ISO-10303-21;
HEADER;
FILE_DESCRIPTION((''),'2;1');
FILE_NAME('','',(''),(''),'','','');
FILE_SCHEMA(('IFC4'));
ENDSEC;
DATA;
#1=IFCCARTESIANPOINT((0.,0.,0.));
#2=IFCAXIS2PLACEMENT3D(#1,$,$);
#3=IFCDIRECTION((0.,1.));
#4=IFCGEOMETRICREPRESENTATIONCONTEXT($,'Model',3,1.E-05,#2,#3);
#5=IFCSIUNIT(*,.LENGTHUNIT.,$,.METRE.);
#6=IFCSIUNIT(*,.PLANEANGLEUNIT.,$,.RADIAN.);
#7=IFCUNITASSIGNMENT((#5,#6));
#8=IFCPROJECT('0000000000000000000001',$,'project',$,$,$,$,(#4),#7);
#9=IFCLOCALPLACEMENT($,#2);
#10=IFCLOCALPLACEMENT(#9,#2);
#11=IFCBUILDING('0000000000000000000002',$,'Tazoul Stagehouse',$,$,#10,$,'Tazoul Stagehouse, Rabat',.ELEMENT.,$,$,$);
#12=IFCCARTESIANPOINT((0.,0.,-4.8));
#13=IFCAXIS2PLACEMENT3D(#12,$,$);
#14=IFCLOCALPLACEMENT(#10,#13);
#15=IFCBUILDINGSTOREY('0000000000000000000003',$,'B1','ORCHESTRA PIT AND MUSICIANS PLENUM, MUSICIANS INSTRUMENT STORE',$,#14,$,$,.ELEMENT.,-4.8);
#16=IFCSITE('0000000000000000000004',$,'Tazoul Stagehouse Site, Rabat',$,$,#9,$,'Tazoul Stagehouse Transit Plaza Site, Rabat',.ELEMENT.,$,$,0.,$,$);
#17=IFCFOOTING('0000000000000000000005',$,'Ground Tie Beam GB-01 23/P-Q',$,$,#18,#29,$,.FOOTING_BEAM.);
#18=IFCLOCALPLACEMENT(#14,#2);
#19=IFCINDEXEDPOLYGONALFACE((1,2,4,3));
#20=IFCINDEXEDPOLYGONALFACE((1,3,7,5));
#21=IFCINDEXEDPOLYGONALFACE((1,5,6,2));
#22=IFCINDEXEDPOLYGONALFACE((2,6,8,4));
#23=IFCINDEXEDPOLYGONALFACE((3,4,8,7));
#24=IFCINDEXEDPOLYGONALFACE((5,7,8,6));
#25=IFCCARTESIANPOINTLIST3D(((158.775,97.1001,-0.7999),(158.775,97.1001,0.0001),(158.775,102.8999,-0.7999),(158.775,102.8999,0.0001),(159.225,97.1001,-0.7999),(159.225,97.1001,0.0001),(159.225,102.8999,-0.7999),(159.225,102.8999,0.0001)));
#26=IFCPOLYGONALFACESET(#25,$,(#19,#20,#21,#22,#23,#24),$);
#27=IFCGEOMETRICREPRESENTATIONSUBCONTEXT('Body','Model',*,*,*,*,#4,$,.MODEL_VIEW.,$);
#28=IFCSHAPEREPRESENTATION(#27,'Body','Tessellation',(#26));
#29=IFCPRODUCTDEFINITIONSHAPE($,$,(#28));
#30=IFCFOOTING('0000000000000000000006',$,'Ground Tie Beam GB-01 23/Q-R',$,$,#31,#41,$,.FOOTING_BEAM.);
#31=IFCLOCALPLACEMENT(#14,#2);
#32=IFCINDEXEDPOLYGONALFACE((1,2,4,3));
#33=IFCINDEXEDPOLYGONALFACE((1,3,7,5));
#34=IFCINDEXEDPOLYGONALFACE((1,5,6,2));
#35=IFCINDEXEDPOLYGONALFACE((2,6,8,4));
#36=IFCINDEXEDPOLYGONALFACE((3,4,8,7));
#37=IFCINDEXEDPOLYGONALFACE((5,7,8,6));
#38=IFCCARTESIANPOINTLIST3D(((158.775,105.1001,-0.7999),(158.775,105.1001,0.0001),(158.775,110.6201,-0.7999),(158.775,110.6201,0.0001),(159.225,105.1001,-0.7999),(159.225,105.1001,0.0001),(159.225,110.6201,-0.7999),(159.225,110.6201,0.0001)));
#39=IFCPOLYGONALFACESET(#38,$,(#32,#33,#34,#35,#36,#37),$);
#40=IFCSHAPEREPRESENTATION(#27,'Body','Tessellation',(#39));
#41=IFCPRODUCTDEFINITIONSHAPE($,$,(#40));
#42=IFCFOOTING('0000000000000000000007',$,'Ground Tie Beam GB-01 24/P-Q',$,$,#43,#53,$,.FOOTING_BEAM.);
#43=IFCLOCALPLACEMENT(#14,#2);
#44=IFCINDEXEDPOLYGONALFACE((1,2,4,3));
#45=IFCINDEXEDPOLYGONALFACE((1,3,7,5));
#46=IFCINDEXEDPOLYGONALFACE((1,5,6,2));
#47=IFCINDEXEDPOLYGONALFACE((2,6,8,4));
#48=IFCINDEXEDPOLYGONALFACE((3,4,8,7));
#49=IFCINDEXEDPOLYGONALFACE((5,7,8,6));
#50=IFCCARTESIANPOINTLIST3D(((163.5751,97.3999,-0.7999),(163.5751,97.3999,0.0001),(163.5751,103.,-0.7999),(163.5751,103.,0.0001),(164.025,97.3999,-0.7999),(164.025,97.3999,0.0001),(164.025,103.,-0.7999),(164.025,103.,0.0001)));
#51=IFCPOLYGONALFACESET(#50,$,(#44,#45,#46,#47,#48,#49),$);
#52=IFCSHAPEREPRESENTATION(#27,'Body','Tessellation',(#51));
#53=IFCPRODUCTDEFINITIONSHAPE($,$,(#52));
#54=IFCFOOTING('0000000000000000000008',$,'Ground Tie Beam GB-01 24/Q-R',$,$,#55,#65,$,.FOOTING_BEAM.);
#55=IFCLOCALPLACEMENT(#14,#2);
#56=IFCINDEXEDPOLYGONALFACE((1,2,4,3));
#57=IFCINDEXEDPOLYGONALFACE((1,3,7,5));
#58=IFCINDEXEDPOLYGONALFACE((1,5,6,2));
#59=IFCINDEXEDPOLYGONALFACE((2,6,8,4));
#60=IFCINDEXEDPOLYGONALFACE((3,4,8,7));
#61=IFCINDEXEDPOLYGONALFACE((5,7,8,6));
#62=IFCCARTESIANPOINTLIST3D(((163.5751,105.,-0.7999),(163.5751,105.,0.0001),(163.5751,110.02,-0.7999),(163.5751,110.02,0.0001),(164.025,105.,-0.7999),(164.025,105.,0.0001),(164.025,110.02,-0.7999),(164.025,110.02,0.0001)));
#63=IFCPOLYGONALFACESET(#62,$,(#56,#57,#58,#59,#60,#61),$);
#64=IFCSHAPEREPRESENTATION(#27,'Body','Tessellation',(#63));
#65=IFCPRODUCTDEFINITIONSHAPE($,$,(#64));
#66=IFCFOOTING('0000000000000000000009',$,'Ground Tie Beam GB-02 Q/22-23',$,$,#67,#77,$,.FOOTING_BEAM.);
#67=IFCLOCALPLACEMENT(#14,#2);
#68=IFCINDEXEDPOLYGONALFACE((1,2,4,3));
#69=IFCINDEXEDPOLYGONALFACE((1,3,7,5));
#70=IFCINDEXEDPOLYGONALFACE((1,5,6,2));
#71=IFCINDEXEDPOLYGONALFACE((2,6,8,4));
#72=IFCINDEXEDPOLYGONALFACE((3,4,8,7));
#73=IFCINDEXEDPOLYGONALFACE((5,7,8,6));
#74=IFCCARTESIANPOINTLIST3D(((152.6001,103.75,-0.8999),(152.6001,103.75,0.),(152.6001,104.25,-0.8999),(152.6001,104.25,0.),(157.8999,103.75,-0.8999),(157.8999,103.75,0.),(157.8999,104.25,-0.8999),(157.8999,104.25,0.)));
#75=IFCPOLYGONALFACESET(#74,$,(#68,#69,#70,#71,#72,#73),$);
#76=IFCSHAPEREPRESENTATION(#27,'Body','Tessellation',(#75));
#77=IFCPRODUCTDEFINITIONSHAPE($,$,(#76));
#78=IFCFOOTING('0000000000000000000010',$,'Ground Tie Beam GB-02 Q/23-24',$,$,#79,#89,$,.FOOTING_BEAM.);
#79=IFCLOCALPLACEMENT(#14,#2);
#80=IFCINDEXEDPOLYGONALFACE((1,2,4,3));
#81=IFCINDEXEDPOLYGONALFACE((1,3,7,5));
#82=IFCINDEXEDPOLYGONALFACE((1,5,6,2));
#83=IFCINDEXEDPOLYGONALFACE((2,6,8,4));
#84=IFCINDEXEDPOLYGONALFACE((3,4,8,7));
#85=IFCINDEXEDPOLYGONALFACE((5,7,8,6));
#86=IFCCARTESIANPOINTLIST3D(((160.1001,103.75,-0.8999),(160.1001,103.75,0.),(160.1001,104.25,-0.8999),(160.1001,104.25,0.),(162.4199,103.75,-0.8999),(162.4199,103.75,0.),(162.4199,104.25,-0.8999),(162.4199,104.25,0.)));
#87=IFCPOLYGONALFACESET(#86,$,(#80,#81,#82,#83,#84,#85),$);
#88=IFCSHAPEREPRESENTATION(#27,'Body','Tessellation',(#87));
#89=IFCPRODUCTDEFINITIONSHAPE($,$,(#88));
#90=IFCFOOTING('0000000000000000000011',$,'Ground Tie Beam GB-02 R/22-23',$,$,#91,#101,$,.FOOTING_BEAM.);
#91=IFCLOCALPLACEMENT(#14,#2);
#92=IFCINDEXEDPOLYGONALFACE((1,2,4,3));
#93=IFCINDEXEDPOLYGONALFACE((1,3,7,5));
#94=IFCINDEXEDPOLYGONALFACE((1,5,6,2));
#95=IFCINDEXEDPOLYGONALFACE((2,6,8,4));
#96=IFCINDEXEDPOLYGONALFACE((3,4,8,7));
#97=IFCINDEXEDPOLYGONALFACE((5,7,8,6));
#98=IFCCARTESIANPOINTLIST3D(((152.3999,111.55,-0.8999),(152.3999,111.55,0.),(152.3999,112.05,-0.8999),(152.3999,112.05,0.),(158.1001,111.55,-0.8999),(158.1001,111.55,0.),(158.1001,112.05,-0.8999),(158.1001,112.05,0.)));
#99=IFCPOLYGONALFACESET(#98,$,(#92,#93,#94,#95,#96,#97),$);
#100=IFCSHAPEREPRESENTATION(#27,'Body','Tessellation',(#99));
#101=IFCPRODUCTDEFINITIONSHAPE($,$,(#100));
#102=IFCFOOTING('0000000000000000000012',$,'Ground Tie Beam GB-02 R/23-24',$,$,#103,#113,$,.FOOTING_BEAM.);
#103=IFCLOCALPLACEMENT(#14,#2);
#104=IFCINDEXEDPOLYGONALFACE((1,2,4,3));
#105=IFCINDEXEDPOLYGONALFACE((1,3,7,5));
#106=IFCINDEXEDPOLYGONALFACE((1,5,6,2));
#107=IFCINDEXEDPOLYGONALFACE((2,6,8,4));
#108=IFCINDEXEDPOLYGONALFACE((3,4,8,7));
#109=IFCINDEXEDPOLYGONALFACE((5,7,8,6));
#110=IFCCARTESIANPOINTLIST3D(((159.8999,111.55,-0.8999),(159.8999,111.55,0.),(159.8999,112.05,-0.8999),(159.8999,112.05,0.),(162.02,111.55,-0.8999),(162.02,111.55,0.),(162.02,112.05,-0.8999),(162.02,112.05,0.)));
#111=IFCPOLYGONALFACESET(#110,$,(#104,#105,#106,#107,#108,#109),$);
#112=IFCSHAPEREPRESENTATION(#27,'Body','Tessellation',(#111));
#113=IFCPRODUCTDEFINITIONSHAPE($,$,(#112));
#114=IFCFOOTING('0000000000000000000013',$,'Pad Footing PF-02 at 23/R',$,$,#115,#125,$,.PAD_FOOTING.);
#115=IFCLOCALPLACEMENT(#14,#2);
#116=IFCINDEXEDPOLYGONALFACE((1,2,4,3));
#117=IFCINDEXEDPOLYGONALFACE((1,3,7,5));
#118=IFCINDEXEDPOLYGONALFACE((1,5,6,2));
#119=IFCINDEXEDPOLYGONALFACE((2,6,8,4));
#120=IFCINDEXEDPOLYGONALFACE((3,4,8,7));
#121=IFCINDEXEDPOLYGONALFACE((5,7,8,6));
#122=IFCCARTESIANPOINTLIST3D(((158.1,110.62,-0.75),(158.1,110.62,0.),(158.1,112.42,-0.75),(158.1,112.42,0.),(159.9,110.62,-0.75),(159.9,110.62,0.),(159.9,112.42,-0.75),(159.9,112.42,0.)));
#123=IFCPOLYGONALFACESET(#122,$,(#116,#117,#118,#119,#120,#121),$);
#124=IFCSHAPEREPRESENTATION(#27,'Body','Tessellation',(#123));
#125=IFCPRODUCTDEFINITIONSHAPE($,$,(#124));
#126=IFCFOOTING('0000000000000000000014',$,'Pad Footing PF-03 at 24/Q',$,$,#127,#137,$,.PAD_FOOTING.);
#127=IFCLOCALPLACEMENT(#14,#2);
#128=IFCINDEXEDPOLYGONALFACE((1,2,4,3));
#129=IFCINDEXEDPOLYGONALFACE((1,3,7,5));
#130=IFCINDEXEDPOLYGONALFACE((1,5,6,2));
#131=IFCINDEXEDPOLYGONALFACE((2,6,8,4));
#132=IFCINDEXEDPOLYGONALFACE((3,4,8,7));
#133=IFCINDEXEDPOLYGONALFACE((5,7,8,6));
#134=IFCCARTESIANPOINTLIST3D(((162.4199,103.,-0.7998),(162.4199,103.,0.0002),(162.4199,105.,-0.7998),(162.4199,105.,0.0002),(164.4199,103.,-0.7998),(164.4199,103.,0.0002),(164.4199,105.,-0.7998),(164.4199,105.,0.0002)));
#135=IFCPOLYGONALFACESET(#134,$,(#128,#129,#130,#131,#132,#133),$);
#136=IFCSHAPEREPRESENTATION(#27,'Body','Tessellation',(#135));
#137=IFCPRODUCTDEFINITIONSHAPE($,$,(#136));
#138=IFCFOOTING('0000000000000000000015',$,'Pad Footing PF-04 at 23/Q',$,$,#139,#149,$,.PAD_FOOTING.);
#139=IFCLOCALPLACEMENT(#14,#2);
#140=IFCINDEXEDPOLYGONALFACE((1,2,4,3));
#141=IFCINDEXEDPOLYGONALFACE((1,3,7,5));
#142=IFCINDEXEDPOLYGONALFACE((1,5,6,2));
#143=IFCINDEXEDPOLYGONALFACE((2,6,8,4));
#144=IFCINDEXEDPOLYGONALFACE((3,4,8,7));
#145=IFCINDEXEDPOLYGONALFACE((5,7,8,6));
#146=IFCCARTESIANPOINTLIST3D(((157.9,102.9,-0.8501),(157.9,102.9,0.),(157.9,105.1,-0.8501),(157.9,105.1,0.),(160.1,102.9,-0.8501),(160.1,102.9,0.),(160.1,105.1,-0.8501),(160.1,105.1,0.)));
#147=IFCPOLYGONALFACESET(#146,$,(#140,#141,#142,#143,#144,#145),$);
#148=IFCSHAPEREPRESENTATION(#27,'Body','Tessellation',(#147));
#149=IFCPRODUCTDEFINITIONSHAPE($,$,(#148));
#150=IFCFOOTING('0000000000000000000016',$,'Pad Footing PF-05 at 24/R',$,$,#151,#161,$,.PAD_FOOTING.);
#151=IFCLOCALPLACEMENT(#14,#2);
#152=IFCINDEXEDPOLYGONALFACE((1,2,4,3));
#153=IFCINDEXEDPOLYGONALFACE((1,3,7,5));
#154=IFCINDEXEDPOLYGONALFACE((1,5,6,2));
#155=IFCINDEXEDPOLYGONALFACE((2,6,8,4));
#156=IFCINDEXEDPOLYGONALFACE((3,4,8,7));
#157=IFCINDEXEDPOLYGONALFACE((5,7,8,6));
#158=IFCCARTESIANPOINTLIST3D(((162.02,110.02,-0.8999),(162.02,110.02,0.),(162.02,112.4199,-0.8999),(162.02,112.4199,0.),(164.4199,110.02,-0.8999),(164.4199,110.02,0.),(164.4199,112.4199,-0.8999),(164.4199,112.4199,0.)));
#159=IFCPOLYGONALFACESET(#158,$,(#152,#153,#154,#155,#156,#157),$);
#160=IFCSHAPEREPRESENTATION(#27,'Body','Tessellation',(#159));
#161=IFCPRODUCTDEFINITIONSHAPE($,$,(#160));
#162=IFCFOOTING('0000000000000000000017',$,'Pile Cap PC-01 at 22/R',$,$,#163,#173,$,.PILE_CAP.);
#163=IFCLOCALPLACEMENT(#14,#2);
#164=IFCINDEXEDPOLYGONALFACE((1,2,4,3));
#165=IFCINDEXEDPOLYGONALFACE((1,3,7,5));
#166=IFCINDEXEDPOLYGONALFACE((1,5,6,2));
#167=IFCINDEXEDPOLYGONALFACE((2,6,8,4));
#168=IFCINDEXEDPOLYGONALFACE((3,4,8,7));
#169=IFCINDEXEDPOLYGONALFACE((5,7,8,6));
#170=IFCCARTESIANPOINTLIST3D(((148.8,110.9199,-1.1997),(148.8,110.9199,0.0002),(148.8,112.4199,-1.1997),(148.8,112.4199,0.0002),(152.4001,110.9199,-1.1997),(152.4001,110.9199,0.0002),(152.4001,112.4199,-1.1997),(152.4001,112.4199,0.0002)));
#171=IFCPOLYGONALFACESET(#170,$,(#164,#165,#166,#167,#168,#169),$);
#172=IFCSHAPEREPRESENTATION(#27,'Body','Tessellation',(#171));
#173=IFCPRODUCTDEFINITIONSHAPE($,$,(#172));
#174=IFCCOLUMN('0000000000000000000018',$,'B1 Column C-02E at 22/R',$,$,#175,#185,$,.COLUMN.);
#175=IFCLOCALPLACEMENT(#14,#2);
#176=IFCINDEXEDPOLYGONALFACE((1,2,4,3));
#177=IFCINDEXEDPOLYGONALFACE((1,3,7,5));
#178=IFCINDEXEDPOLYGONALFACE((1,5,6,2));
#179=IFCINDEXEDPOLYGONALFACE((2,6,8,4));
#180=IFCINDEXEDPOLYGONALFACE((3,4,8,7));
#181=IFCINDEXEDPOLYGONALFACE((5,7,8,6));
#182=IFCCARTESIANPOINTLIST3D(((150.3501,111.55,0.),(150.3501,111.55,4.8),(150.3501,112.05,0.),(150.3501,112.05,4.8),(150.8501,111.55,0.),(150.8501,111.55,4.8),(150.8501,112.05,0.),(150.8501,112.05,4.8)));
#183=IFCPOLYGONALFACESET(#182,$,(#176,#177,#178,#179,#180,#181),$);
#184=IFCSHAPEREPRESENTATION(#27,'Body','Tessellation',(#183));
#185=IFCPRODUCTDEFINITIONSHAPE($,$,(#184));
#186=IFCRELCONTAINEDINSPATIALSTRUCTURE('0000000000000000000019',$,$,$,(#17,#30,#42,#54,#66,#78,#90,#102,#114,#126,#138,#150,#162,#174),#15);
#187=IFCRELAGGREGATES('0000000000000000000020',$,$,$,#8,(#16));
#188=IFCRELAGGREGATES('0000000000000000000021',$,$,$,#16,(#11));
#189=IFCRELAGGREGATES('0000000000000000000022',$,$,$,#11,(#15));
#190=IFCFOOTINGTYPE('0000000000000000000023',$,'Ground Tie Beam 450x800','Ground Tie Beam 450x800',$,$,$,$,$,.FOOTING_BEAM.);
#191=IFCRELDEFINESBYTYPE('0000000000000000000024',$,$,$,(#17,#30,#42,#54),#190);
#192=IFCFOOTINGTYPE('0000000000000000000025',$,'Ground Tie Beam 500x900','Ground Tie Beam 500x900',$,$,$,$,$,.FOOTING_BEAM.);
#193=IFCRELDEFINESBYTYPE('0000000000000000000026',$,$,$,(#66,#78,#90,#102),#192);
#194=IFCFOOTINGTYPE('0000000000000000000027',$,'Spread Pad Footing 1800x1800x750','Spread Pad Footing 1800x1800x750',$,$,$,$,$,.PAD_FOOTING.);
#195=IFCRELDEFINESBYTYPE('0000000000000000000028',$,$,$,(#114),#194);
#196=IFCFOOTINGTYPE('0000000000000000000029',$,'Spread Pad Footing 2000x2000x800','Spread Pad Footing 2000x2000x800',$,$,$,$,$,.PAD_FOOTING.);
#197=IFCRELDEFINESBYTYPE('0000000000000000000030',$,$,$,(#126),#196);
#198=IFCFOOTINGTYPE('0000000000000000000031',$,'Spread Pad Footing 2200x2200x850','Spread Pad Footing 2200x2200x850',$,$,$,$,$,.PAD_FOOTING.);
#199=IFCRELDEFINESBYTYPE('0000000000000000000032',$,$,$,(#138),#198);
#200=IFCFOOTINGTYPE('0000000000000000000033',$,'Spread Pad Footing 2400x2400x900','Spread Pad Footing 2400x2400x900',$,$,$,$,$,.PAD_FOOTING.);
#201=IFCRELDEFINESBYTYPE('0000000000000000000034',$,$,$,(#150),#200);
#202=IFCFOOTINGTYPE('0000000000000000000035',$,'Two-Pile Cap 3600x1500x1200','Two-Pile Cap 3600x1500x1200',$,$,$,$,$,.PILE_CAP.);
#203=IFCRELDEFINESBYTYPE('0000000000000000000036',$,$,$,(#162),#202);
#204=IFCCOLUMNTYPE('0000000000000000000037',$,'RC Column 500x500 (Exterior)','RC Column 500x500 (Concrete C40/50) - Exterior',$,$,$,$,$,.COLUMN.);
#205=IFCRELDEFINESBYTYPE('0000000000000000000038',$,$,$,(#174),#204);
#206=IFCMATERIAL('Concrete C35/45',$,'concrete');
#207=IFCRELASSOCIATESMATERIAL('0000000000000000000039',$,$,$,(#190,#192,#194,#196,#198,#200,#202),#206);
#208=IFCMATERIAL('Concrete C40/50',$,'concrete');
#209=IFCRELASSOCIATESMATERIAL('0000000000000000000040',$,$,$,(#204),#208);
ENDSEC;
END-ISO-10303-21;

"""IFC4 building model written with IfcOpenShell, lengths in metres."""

from ifc_helpers import new_model, si_unit, direction, frame, origin, origin_2d, place, context, subcontext, project, spatial, rectangle, extrude, material, material_profile, profile_set, type_object, element, save


model = new_model("IFC4")

# Units and contexts
model_context = context("Model", 3, precision=1e-05, world=origin(), true_north=direction((0.0, 1.0)))
body_context = subcontext(model_context, "Body", "Model", "MODEL_VIEW")
ifc_project = project(units=[si_unit("LENGTHUNIT", "METRE"), si_unit("PLANEANGLEUNIT", "RADIAN")], contexts=[model_context])

# Site, building, storey
site_placement = place(None, origin())
site = spatial("IfcSite", under=ifc_project, at=site_placement, Name="Tazoul Stagehouse Site, Rabat", LongName="Tazoul Stagehouse Transit Plaza Site, Rabat", CompositionType="ELEMENT", RefElevation=0.0)
building_placement = place(site_placement, origin())
building = spatial("IfcBuilding", under=site, at=building_placement, Name="Tazoul Stagehouse", LongName="Tazoul Stagehouse, Rabat", CompositionType="ELEMENT")
storey_placement = place(building_placement, frame((0.0, 0.0, -4.8)))
storey = spatial("IfcBuildingStorey", under=building, at=storey_placement, Name="B1", Description="ORCHESTRA PIT AND MUSICIANS PLENUM, MUSICIANS INSTRUMENT STORE", CompositionType="ELEMENT", Elevation=-4.8)

# Shared definitions
ifc_material_1 = material(Name="Concrete C35/45", Category="concrete")

# Footings
ifc_material_profile_1 = material_profile(ifc_material_1, rectangle(XDim=0.45, YDim=0.8, at=origin_2d()), Name="RC 450x800")
ifc_profile_set_1 = profile_set([ifc_material_profile_1], Name="Concrete C35/45")
footing_type_1 = type_object("IfcFootingType", Name="Ground Tie Beam 450x800", Description="Ground Tie Beam 450x800", PredefinedType="FOOTING_BEAM", material=ifc_profile_set_1)
footing_1_placement = place(storey_placement, frame((159.0, 97.1001, -0.3999), z_axis=(0.0, 1.0, 0.0), x_axis=(-1.0, 0.0, 0.0)))
element("IfcFooting", 1, at=footing_1_placement, inside=storey, type_object=footing_type_1, Name="Ground Tie Beam GB-01 23/P-Q", PredefinedType="FOOTING_BEAM", context=body_context, shape_type="SweptSolid", body=[
    extrude(rectangle(XDim=0.45, YDim=0.8, at=origin_2d()), origin(), (0.0, 0.0, 1.0), 5.7998),
])
footing_2_placement = place(storey_placement, frame((159.0, 105.1001, -0.3999), z_axis=(0.0, 1.0, 0.0), x_axis=(-1.0, 0.0, 0.0)))
element("IfcFooting", 2, at=footing_2_placement, inside=storey, type_object=footing_type_1, Name="Ground Tie Beam GB-01 23/Q-R", PredefinedType="FOOTING_BEAM", context=body_context, shape_type="SweptSolid", body=[
    extrude(rectangle(XDim=0.45, YDim=0.8, at=origin_2d()), origin(), (0.0, 0.0, 1.0), 5.52),
])
footing_3_placement = place(storey_placement, frame((163.8, 97.3999, -0.3999), z_axis=(0.0, 1.0, 0.0), x_axis=(-1.0, 0.0, 0.0)))
element("IfcFooting", 3, at=footing_3_placement, inside=storey, type_object=footing_type_1, Name="Ground Tie Beam GB-01 24/P-Q", PredefinedType="FOOTING_BEAM", context=body_context, shape_type="SweptSolid", body=[
    extrude(rectangle(XDim=0.45, YDim=0.8, at=origin_2d()), origin(), (0.0, 0.0, 1.0), 5.6001),
])
footing_4_placement = place(storey_placement, frame((163.8, 105.0, -0.3999), z_axis=(0.0, 1.0, 0.0), x_axis=(-1.0, 0.0, 0.0)))
element("IfcFooting", 4, at=footing_4_placement, inside=storey, type_object=footing_type_1, Name="Ground Tie Beam GB-01 24/Q-R", PredefinedType="FOOTING_BEAM", context=body_context, shape_type="SweptSolid", body=[
    extrude(rectangle(XDim=0.45, YDim=0.8, at=origin_2d()), origin(), (0.0, 0.0, 1.0), 5.02),
])
ifc_material_profile_2 = material_profile(ifc_material_1, rectangle(XDim=0.5, YDim=0.8999, at=origin_2d()), Name="RC 500x900")
ifc_profile_set_2 = profile_set([ifc_material_profile_2], Name="Concrete C35/45")
footing_type_2 = type_object("IfcFootingType", Name="Ground Tie Beam 500x900", Description="Ground Tie Beam 500x900", PredefinedType="FOOTING_BEAM", material=ifc_profile_set_2)
footing_5_placement = place(storey_placement, frame((152.6001, 104.0, -0.45), z_axis=(1.0, 0.0, 0.0), x_axis=(0.0, 1.0, 0.0)))
element("IfcFooting", 5, at=footing_5_placement, inside=storey, type_object=footing_type_2, Name="Ground Tie Beam GB-02 Q/22-23", PredefinedType="FOOTING_BEAM", context=body_context, shape_type="SweptSolid", body=[
    extrude(rectangle(XDim=0.5, YDim=0.8999, at=origin_2d()), origin(), (0.0, 0.0, 1.0), 5.2998),
])
footing_6_placement = place(storey_placement, frame((160.1001, 104.0, -0.45), z_axis=(1.0, 0.0, 0.0), x_axis=(0.0, 1.0, 0.0)))
element("IfcFooting", 6, at=footing_6_placement, inside=storey, type_object=footing_type_2, Name="Ground Tie Beam GB-02 Q/23-24", PredefinedType="FOOTING_BEAM", context=body_context, shape_type="SweptSolid", body=[
    extrude(rectangle(XDim=0.5, YDim=0.8999, at=origin_2d()), origin(), (0.0, 0.0, 1.0), 2.3198),
])
footing_7_placement = place(storey_placement, frame((152.3999, 111.8, -0.45), z_axis=(1.0, 0.0, 0.0), x_axis=(0.0, 1.0, 0.0)))
element("IfcFooting", 7, at=footing_7_placement, inside=storey, type_object=footing_type_2, Name="Ground Tie Beam GB-02 R/22-23", PredefinedType="FOOTING_BEAM", context=body_context, shape_type="SweptSolid", body=[
    extrude(rectangle(XDim=0.5, YDim=0.8999, at=origin_2d()), origin(), (0.0, 0.0, 1.0), 5.7002),
])
footing_8_placement = place(storey_placement, frame((159.8999, 111.8, -0.45), z_axis=(1.0, 0.0, 0.0), x_axis=(0.0, 1.0, 0.0)))
element("IfcFooting", 8, at=footing_8_placement, inside=storey, type_object=footing_type_2, Name="Ground Tie Beam GB-02 R/23-24", PredefinedType="FOOTING_BEAM", context=body_context, shape_type="SweptSolid", body=[
    extrude(rectangle(XDim=0.5, YDim=0.8999, at=origin_2d()), origin(), (0.0, 0.0, 1.0), 2.1201),
])
footing_type_3 = type_object("IfcFootingType", Name="Spread Pad Footing 1800x1800x750", Description="Spread Pad Footing 1800x1800x750", PredefinedType="PAD_FOOTING", material=ifc_material_1)
footing_9_placement = place(storey_placement, frame((159.0, 111.52, -0.75), z_axis=(0.0, 0.0, 1.0), x_axis=(1.0, 0.0, 0.0)))
element("IfcFooting", 9, at=footing_9_placement, inside=storey, type_object=footing_type_3, Name="Pad Footing PF-02 at 23/R", PredefinedType="PAD_FOOTING", context=body_context, shape_type="SweptSolid", body=[
    extrude(rectangle(XDim=1.8, YDim=1.8, at=origin_2d()), origin(), (0.0, 0.0, 1.0), 0.75),
])
footing_type_4 = type_object("IfcFootingType", Name="Spread Pad Footing 2000x2000x800", Description="Spread Pad Footing 2000x2000x800", PredefinedType="PAD_FOOTING", material=ifc_material_1)
footing_10_placement = place(storey_placement, frame((163.4199, 104.0, -0.7998), z_axis=(0.0, 0.0, 1.0), x_axis=(1.0, 0.0, 0.0)))
element("IfcFooting", 10, at=footing_10_placement, inside=storey, type_object=footing_type_4, Name="Pad Footing PF-03 at 24/Q", PredefinedType="PAD_FOOTING", context=body_context, shape_type="SweptSolid", body=[
    extrude(rectangle(XDim=2.0, YDim=2.0, at=origin_2d()), origin(), (0.0, 0.0, 1.0), 0.8),
])
footing_type_5 = type_object("IfcFootingType", Name="Spread Pad Footing 2200x2200x850", Description="Spread Pad Footing 2200x2200x850", PredefinedType="PAD_FOOTING", material=ifc_material_1)
footing_11_placement = place(storey_placement, frame((159.0, 104.0, -0.8501), z_axis=(0.0, 0.0, 1.0), x_axis=(1.0, 0.0, 0.0)))
element("IfcFooting", 11, at=footing_11_placement, inside=storey, type_object=footing_type_5, Name="Pad Footing PF-04 at 23/Q", PredefinedType="PAD_FOOTING", context=body_context, shape_type="SweptSolid", body=[
    extrude(rectangle(XDim=2.2, YDim=2.2, at=origin_2d()), origin(), (0.0, 0.0, 1.0), 0.8501),
])
footing_type_6 = type_object("IfcFootingType", Name="Spread Pad Footing 2400x2400x900", Description="Spread Pad Footing 2400x2400x900", PredefinedType="PAD_FOOTING", material=ifc_material_1)
footing_12_placement = place(storey_placement, frame((163.22, 111.22, -0.8999), z_axis=(0.0, 0.0, 1.0), x_axis=(1.0, 0.0, 0.0)))
element("IfcFooting", 12, at=footing_12_placement, inside=storey, type_object=footing_type_6, Name="Pad Footing PF-05 at 24/R", PredefinedType="PAD_FOOTING", context=body_context, shape_type="SweptSolid", body=[
    extrude(rectangle(XDim=2.3999, YDim=2.3999, at=origin_2d()), origin(), (0.0, 0.0, 1.0), 0.8999),
])
footing_type_7 = type_object("IfcFootingType", Name="Two-Pile Cap 3600x1500x1200", Description="Two-Pile Cap 3600x1500x1200", PredefinedType="PILE_CAP", material=ifc_material_1)
footing_13_placement = place(storey_placement, frame((150.6001, 111.6699, -1.1997), z_axis=(0.0, 0.0, 1.0), x_axis=(1.0, 0.0, 0.0)))
element("IfcFooting", 13, at=footing_13_placement, inside=storey, type_object=footing_type_7, Name="Pile Cap PC-01 at 22/R", PredefinedType="PILE_CAP", context=body_context, shape_type="SweptSolid", body=[
    extrude(rectangle(XDim=3.6001, YDim=1.5, at=origin_2d()), origin(), (0.0, 0.0, 1.0), 1.2),
])

# Column
ifc_material_2 = material(Name="Concrete C40/50", Category="concrete")
ifc_material_profile_3 = material_profile(ifc_material_2, rectangle(XDim=0.5, YDim=0.5, at=origin_2d()), Name="RC 500x500")
ifc_profile_set_3 = profile_set([ifc_material_profile_3], Name="Concrete C40/50")
column_type_1 = type_object("IfcColumnType", Name="RC Column 500x500 (Exterior)", Description="RC Column 500x500 (Concrete C40/50) - Exterior", PredefinedType="COLUMN", material=ifc_profile_set_3)
for number, where, z_axis, x_axis, name in (
    (14, (150.6001, 111.8, 0.0), (0.0, 0.0, 1.0), (1.0, 0.0, 0.0), "B1 Column C-02E at 22/R"),
):
    element("IfcColumn", number, at=place(storey_placement, frame(where, z_axis=z_axis, x_axis=x_axis)), inside=storey, type_object=column_type_1, Name=name, PredefinedType="COLUMN", context=body_context, shape_type="SweptSolid", body=[
        extrude(rectangle(XDim=0.5, YDim=0.5, at=origin_2d()), origin(), (0.0, 0.0, 1.0), 4.8),
    ])

save(model, "model.ifc")
